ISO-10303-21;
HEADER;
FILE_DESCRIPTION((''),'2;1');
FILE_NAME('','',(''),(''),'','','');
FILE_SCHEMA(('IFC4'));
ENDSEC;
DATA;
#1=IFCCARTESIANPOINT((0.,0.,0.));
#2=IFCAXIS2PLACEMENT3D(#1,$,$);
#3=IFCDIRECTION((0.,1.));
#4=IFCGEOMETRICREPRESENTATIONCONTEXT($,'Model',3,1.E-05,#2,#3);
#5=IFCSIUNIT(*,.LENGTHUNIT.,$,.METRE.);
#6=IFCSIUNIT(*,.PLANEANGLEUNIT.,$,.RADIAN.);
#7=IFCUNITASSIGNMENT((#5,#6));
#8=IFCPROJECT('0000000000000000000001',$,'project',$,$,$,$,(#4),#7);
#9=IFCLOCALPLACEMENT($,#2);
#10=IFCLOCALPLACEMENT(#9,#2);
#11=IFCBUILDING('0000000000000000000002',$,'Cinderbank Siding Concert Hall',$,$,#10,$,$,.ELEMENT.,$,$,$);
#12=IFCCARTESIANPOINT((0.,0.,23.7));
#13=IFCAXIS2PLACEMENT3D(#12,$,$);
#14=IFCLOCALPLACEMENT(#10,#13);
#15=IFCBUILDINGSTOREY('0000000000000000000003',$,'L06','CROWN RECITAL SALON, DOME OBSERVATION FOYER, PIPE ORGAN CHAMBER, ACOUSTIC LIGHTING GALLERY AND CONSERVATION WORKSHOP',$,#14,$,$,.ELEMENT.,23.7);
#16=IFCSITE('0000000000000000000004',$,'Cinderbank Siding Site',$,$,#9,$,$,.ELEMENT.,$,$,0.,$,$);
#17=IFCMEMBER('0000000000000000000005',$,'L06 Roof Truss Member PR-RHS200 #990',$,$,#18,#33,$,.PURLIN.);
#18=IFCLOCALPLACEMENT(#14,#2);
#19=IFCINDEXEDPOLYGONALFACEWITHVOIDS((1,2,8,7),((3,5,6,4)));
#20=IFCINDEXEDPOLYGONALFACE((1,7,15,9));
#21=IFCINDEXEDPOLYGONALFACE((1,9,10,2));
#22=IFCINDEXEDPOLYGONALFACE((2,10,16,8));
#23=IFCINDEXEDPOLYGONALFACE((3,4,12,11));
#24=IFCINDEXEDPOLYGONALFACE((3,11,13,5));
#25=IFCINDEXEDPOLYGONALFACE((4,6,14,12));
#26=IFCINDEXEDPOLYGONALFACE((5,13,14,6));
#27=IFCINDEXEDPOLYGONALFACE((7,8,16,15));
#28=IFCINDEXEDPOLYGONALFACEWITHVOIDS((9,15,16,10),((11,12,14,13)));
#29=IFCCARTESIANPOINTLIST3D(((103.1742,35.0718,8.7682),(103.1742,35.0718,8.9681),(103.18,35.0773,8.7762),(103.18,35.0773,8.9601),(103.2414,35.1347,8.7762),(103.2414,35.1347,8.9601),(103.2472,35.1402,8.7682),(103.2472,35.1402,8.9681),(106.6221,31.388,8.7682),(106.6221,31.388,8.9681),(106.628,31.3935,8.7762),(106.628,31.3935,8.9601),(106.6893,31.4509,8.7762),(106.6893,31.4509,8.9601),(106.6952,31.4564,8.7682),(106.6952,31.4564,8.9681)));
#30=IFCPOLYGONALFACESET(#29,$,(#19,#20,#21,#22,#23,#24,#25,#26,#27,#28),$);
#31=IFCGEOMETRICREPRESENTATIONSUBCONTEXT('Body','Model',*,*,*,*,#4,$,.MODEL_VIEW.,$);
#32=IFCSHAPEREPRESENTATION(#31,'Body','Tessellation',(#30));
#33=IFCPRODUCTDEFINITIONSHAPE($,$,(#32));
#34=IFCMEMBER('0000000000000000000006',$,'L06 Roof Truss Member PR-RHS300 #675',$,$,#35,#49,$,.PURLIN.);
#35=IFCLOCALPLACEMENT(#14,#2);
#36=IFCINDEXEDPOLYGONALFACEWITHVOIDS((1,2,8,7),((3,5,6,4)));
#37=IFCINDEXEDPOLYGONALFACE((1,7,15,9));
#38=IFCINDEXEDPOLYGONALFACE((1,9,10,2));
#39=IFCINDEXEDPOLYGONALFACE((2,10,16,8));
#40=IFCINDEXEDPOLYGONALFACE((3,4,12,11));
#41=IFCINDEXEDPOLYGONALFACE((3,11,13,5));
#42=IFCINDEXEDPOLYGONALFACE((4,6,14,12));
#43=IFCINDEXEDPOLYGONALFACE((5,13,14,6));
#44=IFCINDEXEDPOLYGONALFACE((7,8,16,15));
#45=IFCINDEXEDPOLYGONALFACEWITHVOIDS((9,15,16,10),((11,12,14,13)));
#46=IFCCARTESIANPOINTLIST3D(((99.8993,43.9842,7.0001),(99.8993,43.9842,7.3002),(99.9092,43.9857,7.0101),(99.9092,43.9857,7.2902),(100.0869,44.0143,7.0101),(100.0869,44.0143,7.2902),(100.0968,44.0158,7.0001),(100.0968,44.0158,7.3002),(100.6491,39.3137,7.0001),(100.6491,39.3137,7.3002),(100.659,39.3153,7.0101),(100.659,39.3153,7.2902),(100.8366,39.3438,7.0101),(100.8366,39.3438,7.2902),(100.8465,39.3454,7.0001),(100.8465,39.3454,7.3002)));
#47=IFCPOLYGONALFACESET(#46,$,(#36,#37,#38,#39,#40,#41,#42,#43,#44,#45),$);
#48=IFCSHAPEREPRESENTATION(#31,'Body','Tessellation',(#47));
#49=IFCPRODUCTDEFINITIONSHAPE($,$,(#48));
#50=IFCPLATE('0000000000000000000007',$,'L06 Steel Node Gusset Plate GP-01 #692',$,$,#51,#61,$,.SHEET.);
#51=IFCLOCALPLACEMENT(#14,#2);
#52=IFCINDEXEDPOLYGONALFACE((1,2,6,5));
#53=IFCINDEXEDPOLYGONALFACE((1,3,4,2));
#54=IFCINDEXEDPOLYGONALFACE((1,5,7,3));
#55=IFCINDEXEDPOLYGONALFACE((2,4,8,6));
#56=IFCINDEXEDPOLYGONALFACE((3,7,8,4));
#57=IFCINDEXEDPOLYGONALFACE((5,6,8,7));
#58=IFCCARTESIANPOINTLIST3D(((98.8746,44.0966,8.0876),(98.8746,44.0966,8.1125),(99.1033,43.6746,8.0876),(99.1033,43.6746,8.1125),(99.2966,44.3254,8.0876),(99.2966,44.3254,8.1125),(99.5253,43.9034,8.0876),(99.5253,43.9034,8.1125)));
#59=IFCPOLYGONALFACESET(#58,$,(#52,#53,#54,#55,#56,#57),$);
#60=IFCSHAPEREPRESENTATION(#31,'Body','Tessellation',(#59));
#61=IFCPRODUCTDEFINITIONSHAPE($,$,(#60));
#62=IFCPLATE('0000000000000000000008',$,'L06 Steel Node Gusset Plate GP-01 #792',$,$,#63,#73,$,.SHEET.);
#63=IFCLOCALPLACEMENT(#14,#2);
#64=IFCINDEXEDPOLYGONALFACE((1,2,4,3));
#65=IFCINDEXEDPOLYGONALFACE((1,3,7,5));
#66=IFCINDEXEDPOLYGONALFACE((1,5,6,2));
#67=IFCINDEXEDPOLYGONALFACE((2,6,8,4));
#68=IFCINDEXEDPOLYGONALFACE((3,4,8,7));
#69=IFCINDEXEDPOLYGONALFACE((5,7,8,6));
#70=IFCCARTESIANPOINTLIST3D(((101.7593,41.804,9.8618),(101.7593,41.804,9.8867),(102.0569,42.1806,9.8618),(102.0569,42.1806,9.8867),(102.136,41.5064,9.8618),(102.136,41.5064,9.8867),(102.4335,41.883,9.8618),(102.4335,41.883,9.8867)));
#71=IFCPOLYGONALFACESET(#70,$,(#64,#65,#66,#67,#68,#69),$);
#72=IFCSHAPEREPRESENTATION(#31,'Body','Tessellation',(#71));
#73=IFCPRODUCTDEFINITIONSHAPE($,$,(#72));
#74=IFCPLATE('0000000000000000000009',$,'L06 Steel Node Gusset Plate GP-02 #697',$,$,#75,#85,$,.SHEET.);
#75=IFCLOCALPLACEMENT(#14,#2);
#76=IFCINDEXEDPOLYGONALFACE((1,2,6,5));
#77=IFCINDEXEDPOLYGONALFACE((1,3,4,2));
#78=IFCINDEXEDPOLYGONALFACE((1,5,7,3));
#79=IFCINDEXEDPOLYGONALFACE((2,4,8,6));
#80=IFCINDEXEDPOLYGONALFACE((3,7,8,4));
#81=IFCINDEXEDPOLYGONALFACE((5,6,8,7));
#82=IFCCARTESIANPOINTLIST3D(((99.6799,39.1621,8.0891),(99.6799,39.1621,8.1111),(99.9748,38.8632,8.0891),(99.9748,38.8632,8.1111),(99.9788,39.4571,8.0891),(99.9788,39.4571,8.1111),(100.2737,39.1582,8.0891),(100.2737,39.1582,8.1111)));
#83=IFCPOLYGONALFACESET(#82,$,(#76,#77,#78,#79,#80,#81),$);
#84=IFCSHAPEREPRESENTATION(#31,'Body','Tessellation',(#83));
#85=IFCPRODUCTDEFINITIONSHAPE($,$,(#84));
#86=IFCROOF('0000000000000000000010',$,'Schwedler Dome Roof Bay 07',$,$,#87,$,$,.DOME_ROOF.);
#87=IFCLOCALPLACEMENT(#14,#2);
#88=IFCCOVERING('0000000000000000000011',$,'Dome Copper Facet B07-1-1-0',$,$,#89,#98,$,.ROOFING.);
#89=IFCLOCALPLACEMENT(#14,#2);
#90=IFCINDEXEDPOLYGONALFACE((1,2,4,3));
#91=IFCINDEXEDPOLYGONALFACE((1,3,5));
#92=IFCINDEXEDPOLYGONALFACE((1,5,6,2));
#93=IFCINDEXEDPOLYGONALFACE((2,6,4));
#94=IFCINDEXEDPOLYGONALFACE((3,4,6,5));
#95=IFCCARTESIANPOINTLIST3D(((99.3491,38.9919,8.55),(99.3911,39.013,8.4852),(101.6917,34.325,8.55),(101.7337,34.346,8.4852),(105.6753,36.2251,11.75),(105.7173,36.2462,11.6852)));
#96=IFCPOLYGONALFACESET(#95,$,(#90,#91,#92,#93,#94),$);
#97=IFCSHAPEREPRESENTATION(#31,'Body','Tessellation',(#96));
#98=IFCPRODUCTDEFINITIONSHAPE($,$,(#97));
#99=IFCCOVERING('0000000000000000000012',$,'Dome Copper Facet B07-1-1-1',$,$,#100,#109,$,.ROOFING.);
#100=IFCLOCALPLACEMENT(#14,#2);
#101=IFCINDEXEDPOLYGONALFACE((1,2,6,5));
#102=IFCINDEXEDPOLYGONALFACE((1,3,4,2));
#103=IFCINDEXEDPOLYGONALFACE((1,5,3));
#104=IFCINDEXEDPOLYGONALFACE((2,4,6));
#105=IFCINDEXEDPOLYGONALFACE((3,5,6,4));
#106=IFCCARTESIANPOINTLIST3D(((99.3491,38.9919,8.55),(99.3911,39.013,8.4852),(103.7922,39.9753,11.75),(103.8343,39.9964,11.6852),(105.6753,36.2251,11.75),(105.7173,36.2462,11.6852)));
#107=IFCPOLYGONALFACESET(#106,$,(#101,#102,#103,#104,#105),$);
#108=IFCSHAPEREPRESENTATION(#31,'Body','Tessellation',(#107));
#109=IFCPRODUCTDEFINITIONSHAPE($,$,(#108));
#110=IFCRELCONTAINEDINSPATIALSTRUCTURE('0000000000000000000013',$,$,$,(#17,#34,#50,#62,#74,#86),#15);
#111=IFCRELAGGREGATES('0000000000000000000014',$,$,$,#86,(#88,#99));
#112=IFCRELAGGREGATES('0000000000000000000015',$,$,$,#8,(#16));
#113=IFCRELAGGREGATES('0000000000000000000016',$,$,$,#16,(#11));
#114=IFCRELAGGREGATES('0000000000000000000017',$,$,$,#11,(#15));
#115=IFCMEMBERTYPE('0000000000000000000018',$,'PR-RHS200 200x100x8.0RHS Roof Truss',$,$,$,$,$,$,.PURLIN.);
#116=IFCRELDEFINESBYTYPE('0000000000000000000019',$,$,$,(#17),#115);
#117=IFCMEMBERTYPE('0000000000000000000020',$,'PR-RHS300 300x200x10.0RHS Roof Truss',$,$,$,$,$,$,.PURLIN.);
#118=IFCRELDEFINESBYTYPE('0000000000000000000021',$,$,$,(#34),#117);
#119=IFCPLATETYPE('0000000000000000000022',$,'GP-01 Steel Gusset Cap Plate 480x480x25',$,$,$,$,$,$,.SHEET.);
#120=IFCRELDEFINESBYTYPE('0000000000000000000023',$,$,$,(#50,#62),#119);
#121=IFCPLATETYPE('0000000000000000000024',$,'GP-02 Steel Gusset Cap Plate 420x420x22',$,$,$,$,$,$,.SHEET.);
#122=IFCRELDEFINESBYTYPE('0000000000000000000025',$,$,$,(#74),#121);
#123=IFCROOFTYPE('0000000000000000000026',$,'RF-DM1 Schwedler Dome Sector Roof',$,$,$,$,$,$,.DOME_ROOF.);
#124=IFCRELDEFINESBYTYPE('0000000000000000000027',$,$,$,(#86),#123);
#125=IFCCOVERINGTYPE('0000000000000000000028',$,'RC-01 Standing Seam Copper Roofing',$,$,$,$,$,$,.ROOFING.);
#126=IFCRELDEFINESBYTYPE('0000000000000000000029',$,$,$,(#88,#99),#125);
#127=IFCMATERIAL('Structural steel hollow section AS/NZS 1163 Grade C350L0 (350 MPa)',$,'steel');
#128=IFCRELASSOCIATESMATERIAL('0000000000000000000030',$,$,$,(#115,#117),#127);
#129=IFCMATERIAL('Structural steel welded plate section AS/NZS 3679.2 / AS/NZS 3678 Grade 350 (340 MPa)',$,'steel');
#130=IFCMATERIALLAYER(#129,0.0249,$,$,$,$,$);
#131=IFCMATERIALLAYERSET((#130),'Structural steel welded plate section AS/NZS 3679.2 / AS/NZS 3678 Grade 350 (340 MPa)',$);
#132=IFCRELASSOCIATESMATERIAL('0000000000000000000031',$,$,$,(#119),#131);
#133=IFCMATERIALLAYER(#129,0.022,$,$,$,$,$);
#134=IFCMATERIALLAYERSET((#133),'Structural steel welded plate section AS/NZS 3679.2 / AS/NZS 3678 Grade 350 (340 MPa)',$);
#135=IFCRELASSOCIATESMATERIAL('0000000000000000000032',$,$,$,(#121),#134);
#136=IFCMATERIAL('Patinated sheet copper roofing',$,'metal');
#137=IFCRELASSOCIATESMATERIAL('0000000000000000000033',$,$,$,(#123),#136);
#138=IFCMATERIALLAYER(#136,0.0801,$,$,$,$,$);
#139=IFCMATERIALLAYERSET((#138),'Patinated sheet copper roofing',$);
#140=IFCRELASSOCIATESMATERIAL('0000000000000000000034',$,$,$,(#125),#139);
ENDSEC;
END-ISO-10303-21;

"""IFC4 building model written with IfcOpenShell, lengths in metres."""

from ifc_helpers import new_model, si_unit, direction, frame, origin, origin_2d, place, context, subcontext, project, spatial, polyline, rectangle, hollow_rectangle, outline, extrude, material, layer, layer_set, material_profile, profile_set, type_object, element, aggregate, save


model = new_model("IFC4")

# Units and contexts
model_context = context("Model", 3, precision=1e-05, world=origin(), true_north=direction((0.0, 1.0)))
body_context = subcontext(model_context, "Body", "Model", "MODEL_VIEW")
ifc_project = project(units=[si_unit("LENGTHUNIT", "METRE"), si_unit("PLANEANGLEUNIT", "RADIAN")], contexts=[model_context])

# Site, building, storey
site_placement = place(None, origin())
site = spatial("IfcSite", under=ifc_project, at=site_placement, Name="Cinderbank Siding Site", CompositionType="ELEMENT", RefElevation=0.0)
building_placement = place(site_placement, origin())
building = spatial("IfcBuilding", under=site, at=building_placement, Name="Cinderbank Siding Concert Hall", CompositionType="ELEMENT")
storey_placement = place(building_placement, frame((0.0, 0.0, 23.7)))
storey = spatial("IfcBuildingStorey", under=building, at=storey_placement, Name="L06", Description="CROWN RECITAL SALON, DOME OBSERVATION FOYER, PIPE ORGAN CHAMBER, ACOUSTIC LIGHTING GALLERY AND CONSERVATION WORKSHOP", CompositionType="ELEMENT", Elevation=23.7)

# Shared definitions
ifc_material_1 = material(Name="Structural steel welded plate section AS/NZS 3679.2 / AS/NZS 3678 Grade 350 (340 MPa)", Category="steel")

# Members
ifc_material_2 = material(Name="Structural steel hollow section AS/NZS 1163 Grade C350L0 (350 MPa)", Category="steel")
ifc_material_profile_1 = material_profile(ifc_material_2, hollow_rectangle(XDim=0.1001, YDim=0.2, WallThickness=0.0081, at=origin_2d()), Name="200x100x8.0RHS", Category="LoadBearing")
ifc_profile_set_1 = profile_set([ifc_material_profile_1], Name="Structural steel hollow section AS/NZS 1163 Grade C350L0 (350 MPa)")
member_type_1 = type_object("IfcMemberType", Name="PR-RHS200 200x100x8.0RHS Roof Truss", PredefinedType="PURLIN", material=ifc_profile_set_1)
member_1_placement = place(storey_placement, frame((103.2107, 35.106, 8.8682), z_axis=(0.68335, -0.730091, 0.0), x_axis=(0.730091, 0.68335, 0.0)))
element("IfcMember", 1, at=member_1_placement, inside=storey, type_object=member_type_1, Name="L06 Roof Truss Member PR-RHS200 #990", PredefinedType="PURLIN", context=body_context, shape_type="SweptSolid", body=[
    extrude(hollow_rectangle(XDim=0.1001, YDim=0.2, WallThickness=0.0081, at=origin_2d()), origin(), (0.0, 0.0, 1.0), 5.0457),
])
ifc_material_profile_2 = material_profile(ifc_material_2, hollow_rectangle(XDim=0.2, YDim=0.3, WallThickness=0.01, at=origin_2d()), Name="300x200x10.0RHS", Category="LoadBearing")
ifc_profile_set_2 = profile_set([ifc_material_profile_2], Name="Structural steel hollow section AS/NZS 1163 Grade C350L0 (350 MPa)")
member_type_2 = type_object("IfcMemberType", Name="PR-RHS300 300x200x10.0RHS Roof Truss", PredefinedType="PURLIN", material=ifc_profile_set_2)
member_2_placement = place(storey_placement, frame((99.998, 44.0, 7.1501), z_axis=(0.158504, -0.987358, 0.0), x_axis=(0.987358, 0.158504, 0.0)))
element("IfcMember", 2, at=member_2_placement, inside=storey, type_object=member_type_2, Name="L06 Roof Truss Member PR-RHS300 #675", PredefinedType="PURLIN", context=body_context, shape_type="SweptSolid", body=[
    extrude(hollow_rectangle(XDim=0.2, YDim=0.3, WallThickness=0.01, at=origin_2d()), origin(), (0.0, 0.0, 1.0), 4.7302),
])

# Plates
ifc_layer_1 = layer(ifc_material_1, 0.0249)
ifc_layer_set_1 = layer_set([ifc_layer_1], Name="Structural steel welded plate section AS/NZS 3679.2 / AS/NZS 3678 Grade 350 (340 MPa)")
plate_type_1 = type_object("IfcPlateType", Name="GP-01 Steel Gusset Cap Plate 480x480x25", PredefinedType="SHEET", material=ifc_layer_set_1)
for number, where, z_axis, x_axis, name in (
    (3, (99.2, 44.0, 8.0876), (0.0, 0.0, 1.0), (0.476545, -0.87915, 0.0), "L06 Steel Node Gusset Plate GP-01 #692"),
    (4, (102.0964, 41.8435, 9.8618), (0.0, 0.0, 1.0), (0.619916, 0.784668, 0.0), "L06 Steel Node Gusset Plate GP-01 #792"),
):
    element("IfcPlate", number, at=place(storey_placement, frame(where, z_axis=z_axis, x_axis=x_axis)), inside=storey, type_object=plate_type_1, Name=name, PredefinedType="SHEET", context=body_context, shape_type="SweptSolid", body=[
        extrude(rectangle(XDim=0.48, YDim=0.48, at=origin_2d()), origin(), (0.0, 0.0, 1.0), 0.0249),
    ])
ifc_layer_2 = layer(ifc_material_1, 0.022)
ifc_layer_set_2 = layer_set([ifc_layer_2], Name="Structural steel welded plate section AS/NZS 3679.2 / AS/NZS 3678 Grade 350 (340 MPa)")
plate_type_2 = type_object("IfcPlateType", Name="GP-02 Steel Gusset Cap Plate 420x420x22", PredefinedType="SHEET", material=ifc_layer_set_2)
plate_placement = place(storey_placement, frame((99.9768, 39.1602, 8.0891), z_axis=(0.0, 0.0, 1.0), x_axis=(0.702402, -0.711781, 0.0)))
element("IfcPlate", 5, at=plate_placement, inside=storey, type_object=plate_type_2, Name="L06 Steel Node Gusset Plate GP-02 #697", PredefinedType="SHEET", context=body_context, shape_type="SweptSolid", body=[
    extrude(rectangle(XDim=0.4199, YDim=0.4199, at=origin_2d()), origin(), (0.0, 0.0, 1.0), 0.022),
])

# Roof, coverings
ifc_material_3 = material(Name="Patinated sheet copper roofing", Category="metal")
roof_type = type_object("IfcRoofType", Name="RF-DM1 Schwedler Dome Sector Roof", PredefinedType="DOME_ROOF", material=ifc_material_3)
roof_placement = place(storey_placement, origin())
roof = element("IfcRoof", 6, at=roof_placement, inside=storey, type_object=roof_type, Name="Schwedler Dome Roof Bay 07", PredefinedType="DOME_ROOF")
ifc_layer_3 = layer(ifc_material_3, 0.0801)
ifc_layer_set_3 = layer_set([ifc_layer_3], Name="Patinated sheet copper roofing")
covering_type = type_object("IfcCoveringType", Name="RC-01 Standing Seam Copper Roofing", PredefinedType="ROOFING", material=ifc_layer_set_3)
covering_1_placement = place(storey_placement, frame((99.3491, 38.9919, 8.55), z_axis=(-0.524672, -0.263351, 0.809547), x_axis=(0.448597, -0.893734, 0.0)))
covering_1 = element("IfcCovering", 7, at=covering_1_placement, type_object=covering_type, Name="Dome Copper Facet B07-1-1-0", PredefinedType="ROOFING", context=body_context, shape_type="SweptSolid", body=[
    extrude(outline(polyline([(0.0, 0.0), (5.2219, 0.0), (5.3107, 5.4508), (0.0, 0.0)])), origin(), (0.0, 0.0, -1.0), 0.0801),
])
covering_2_placement = place(storey_placement, frame((99.3491, 38.9919, 8.55), z_axis=(-0.524693, -0.263457, 0.809498), x_axis=(0.831272, -0.363569, 0.42048)))
covering_2 = element("IfcCovering", 8, at=covering_2_placement, type_object=covering_type, Name="Dome Copper Facet B07-1-1-1", PredefinedType="ROOFING", context=body_context, shape_type="SweptSolid", body=[
    extrude(outline(polyline([(0.0, 0.0), (7.6102, 0.0), (4.6814, 3.0054), (0.0, 0.0)])), origin(), (0.0, 0.0, -1.0), 0.0801),
])
aggregate(roof, [covering_1, covering_2])

save(model, "model.ifc")
